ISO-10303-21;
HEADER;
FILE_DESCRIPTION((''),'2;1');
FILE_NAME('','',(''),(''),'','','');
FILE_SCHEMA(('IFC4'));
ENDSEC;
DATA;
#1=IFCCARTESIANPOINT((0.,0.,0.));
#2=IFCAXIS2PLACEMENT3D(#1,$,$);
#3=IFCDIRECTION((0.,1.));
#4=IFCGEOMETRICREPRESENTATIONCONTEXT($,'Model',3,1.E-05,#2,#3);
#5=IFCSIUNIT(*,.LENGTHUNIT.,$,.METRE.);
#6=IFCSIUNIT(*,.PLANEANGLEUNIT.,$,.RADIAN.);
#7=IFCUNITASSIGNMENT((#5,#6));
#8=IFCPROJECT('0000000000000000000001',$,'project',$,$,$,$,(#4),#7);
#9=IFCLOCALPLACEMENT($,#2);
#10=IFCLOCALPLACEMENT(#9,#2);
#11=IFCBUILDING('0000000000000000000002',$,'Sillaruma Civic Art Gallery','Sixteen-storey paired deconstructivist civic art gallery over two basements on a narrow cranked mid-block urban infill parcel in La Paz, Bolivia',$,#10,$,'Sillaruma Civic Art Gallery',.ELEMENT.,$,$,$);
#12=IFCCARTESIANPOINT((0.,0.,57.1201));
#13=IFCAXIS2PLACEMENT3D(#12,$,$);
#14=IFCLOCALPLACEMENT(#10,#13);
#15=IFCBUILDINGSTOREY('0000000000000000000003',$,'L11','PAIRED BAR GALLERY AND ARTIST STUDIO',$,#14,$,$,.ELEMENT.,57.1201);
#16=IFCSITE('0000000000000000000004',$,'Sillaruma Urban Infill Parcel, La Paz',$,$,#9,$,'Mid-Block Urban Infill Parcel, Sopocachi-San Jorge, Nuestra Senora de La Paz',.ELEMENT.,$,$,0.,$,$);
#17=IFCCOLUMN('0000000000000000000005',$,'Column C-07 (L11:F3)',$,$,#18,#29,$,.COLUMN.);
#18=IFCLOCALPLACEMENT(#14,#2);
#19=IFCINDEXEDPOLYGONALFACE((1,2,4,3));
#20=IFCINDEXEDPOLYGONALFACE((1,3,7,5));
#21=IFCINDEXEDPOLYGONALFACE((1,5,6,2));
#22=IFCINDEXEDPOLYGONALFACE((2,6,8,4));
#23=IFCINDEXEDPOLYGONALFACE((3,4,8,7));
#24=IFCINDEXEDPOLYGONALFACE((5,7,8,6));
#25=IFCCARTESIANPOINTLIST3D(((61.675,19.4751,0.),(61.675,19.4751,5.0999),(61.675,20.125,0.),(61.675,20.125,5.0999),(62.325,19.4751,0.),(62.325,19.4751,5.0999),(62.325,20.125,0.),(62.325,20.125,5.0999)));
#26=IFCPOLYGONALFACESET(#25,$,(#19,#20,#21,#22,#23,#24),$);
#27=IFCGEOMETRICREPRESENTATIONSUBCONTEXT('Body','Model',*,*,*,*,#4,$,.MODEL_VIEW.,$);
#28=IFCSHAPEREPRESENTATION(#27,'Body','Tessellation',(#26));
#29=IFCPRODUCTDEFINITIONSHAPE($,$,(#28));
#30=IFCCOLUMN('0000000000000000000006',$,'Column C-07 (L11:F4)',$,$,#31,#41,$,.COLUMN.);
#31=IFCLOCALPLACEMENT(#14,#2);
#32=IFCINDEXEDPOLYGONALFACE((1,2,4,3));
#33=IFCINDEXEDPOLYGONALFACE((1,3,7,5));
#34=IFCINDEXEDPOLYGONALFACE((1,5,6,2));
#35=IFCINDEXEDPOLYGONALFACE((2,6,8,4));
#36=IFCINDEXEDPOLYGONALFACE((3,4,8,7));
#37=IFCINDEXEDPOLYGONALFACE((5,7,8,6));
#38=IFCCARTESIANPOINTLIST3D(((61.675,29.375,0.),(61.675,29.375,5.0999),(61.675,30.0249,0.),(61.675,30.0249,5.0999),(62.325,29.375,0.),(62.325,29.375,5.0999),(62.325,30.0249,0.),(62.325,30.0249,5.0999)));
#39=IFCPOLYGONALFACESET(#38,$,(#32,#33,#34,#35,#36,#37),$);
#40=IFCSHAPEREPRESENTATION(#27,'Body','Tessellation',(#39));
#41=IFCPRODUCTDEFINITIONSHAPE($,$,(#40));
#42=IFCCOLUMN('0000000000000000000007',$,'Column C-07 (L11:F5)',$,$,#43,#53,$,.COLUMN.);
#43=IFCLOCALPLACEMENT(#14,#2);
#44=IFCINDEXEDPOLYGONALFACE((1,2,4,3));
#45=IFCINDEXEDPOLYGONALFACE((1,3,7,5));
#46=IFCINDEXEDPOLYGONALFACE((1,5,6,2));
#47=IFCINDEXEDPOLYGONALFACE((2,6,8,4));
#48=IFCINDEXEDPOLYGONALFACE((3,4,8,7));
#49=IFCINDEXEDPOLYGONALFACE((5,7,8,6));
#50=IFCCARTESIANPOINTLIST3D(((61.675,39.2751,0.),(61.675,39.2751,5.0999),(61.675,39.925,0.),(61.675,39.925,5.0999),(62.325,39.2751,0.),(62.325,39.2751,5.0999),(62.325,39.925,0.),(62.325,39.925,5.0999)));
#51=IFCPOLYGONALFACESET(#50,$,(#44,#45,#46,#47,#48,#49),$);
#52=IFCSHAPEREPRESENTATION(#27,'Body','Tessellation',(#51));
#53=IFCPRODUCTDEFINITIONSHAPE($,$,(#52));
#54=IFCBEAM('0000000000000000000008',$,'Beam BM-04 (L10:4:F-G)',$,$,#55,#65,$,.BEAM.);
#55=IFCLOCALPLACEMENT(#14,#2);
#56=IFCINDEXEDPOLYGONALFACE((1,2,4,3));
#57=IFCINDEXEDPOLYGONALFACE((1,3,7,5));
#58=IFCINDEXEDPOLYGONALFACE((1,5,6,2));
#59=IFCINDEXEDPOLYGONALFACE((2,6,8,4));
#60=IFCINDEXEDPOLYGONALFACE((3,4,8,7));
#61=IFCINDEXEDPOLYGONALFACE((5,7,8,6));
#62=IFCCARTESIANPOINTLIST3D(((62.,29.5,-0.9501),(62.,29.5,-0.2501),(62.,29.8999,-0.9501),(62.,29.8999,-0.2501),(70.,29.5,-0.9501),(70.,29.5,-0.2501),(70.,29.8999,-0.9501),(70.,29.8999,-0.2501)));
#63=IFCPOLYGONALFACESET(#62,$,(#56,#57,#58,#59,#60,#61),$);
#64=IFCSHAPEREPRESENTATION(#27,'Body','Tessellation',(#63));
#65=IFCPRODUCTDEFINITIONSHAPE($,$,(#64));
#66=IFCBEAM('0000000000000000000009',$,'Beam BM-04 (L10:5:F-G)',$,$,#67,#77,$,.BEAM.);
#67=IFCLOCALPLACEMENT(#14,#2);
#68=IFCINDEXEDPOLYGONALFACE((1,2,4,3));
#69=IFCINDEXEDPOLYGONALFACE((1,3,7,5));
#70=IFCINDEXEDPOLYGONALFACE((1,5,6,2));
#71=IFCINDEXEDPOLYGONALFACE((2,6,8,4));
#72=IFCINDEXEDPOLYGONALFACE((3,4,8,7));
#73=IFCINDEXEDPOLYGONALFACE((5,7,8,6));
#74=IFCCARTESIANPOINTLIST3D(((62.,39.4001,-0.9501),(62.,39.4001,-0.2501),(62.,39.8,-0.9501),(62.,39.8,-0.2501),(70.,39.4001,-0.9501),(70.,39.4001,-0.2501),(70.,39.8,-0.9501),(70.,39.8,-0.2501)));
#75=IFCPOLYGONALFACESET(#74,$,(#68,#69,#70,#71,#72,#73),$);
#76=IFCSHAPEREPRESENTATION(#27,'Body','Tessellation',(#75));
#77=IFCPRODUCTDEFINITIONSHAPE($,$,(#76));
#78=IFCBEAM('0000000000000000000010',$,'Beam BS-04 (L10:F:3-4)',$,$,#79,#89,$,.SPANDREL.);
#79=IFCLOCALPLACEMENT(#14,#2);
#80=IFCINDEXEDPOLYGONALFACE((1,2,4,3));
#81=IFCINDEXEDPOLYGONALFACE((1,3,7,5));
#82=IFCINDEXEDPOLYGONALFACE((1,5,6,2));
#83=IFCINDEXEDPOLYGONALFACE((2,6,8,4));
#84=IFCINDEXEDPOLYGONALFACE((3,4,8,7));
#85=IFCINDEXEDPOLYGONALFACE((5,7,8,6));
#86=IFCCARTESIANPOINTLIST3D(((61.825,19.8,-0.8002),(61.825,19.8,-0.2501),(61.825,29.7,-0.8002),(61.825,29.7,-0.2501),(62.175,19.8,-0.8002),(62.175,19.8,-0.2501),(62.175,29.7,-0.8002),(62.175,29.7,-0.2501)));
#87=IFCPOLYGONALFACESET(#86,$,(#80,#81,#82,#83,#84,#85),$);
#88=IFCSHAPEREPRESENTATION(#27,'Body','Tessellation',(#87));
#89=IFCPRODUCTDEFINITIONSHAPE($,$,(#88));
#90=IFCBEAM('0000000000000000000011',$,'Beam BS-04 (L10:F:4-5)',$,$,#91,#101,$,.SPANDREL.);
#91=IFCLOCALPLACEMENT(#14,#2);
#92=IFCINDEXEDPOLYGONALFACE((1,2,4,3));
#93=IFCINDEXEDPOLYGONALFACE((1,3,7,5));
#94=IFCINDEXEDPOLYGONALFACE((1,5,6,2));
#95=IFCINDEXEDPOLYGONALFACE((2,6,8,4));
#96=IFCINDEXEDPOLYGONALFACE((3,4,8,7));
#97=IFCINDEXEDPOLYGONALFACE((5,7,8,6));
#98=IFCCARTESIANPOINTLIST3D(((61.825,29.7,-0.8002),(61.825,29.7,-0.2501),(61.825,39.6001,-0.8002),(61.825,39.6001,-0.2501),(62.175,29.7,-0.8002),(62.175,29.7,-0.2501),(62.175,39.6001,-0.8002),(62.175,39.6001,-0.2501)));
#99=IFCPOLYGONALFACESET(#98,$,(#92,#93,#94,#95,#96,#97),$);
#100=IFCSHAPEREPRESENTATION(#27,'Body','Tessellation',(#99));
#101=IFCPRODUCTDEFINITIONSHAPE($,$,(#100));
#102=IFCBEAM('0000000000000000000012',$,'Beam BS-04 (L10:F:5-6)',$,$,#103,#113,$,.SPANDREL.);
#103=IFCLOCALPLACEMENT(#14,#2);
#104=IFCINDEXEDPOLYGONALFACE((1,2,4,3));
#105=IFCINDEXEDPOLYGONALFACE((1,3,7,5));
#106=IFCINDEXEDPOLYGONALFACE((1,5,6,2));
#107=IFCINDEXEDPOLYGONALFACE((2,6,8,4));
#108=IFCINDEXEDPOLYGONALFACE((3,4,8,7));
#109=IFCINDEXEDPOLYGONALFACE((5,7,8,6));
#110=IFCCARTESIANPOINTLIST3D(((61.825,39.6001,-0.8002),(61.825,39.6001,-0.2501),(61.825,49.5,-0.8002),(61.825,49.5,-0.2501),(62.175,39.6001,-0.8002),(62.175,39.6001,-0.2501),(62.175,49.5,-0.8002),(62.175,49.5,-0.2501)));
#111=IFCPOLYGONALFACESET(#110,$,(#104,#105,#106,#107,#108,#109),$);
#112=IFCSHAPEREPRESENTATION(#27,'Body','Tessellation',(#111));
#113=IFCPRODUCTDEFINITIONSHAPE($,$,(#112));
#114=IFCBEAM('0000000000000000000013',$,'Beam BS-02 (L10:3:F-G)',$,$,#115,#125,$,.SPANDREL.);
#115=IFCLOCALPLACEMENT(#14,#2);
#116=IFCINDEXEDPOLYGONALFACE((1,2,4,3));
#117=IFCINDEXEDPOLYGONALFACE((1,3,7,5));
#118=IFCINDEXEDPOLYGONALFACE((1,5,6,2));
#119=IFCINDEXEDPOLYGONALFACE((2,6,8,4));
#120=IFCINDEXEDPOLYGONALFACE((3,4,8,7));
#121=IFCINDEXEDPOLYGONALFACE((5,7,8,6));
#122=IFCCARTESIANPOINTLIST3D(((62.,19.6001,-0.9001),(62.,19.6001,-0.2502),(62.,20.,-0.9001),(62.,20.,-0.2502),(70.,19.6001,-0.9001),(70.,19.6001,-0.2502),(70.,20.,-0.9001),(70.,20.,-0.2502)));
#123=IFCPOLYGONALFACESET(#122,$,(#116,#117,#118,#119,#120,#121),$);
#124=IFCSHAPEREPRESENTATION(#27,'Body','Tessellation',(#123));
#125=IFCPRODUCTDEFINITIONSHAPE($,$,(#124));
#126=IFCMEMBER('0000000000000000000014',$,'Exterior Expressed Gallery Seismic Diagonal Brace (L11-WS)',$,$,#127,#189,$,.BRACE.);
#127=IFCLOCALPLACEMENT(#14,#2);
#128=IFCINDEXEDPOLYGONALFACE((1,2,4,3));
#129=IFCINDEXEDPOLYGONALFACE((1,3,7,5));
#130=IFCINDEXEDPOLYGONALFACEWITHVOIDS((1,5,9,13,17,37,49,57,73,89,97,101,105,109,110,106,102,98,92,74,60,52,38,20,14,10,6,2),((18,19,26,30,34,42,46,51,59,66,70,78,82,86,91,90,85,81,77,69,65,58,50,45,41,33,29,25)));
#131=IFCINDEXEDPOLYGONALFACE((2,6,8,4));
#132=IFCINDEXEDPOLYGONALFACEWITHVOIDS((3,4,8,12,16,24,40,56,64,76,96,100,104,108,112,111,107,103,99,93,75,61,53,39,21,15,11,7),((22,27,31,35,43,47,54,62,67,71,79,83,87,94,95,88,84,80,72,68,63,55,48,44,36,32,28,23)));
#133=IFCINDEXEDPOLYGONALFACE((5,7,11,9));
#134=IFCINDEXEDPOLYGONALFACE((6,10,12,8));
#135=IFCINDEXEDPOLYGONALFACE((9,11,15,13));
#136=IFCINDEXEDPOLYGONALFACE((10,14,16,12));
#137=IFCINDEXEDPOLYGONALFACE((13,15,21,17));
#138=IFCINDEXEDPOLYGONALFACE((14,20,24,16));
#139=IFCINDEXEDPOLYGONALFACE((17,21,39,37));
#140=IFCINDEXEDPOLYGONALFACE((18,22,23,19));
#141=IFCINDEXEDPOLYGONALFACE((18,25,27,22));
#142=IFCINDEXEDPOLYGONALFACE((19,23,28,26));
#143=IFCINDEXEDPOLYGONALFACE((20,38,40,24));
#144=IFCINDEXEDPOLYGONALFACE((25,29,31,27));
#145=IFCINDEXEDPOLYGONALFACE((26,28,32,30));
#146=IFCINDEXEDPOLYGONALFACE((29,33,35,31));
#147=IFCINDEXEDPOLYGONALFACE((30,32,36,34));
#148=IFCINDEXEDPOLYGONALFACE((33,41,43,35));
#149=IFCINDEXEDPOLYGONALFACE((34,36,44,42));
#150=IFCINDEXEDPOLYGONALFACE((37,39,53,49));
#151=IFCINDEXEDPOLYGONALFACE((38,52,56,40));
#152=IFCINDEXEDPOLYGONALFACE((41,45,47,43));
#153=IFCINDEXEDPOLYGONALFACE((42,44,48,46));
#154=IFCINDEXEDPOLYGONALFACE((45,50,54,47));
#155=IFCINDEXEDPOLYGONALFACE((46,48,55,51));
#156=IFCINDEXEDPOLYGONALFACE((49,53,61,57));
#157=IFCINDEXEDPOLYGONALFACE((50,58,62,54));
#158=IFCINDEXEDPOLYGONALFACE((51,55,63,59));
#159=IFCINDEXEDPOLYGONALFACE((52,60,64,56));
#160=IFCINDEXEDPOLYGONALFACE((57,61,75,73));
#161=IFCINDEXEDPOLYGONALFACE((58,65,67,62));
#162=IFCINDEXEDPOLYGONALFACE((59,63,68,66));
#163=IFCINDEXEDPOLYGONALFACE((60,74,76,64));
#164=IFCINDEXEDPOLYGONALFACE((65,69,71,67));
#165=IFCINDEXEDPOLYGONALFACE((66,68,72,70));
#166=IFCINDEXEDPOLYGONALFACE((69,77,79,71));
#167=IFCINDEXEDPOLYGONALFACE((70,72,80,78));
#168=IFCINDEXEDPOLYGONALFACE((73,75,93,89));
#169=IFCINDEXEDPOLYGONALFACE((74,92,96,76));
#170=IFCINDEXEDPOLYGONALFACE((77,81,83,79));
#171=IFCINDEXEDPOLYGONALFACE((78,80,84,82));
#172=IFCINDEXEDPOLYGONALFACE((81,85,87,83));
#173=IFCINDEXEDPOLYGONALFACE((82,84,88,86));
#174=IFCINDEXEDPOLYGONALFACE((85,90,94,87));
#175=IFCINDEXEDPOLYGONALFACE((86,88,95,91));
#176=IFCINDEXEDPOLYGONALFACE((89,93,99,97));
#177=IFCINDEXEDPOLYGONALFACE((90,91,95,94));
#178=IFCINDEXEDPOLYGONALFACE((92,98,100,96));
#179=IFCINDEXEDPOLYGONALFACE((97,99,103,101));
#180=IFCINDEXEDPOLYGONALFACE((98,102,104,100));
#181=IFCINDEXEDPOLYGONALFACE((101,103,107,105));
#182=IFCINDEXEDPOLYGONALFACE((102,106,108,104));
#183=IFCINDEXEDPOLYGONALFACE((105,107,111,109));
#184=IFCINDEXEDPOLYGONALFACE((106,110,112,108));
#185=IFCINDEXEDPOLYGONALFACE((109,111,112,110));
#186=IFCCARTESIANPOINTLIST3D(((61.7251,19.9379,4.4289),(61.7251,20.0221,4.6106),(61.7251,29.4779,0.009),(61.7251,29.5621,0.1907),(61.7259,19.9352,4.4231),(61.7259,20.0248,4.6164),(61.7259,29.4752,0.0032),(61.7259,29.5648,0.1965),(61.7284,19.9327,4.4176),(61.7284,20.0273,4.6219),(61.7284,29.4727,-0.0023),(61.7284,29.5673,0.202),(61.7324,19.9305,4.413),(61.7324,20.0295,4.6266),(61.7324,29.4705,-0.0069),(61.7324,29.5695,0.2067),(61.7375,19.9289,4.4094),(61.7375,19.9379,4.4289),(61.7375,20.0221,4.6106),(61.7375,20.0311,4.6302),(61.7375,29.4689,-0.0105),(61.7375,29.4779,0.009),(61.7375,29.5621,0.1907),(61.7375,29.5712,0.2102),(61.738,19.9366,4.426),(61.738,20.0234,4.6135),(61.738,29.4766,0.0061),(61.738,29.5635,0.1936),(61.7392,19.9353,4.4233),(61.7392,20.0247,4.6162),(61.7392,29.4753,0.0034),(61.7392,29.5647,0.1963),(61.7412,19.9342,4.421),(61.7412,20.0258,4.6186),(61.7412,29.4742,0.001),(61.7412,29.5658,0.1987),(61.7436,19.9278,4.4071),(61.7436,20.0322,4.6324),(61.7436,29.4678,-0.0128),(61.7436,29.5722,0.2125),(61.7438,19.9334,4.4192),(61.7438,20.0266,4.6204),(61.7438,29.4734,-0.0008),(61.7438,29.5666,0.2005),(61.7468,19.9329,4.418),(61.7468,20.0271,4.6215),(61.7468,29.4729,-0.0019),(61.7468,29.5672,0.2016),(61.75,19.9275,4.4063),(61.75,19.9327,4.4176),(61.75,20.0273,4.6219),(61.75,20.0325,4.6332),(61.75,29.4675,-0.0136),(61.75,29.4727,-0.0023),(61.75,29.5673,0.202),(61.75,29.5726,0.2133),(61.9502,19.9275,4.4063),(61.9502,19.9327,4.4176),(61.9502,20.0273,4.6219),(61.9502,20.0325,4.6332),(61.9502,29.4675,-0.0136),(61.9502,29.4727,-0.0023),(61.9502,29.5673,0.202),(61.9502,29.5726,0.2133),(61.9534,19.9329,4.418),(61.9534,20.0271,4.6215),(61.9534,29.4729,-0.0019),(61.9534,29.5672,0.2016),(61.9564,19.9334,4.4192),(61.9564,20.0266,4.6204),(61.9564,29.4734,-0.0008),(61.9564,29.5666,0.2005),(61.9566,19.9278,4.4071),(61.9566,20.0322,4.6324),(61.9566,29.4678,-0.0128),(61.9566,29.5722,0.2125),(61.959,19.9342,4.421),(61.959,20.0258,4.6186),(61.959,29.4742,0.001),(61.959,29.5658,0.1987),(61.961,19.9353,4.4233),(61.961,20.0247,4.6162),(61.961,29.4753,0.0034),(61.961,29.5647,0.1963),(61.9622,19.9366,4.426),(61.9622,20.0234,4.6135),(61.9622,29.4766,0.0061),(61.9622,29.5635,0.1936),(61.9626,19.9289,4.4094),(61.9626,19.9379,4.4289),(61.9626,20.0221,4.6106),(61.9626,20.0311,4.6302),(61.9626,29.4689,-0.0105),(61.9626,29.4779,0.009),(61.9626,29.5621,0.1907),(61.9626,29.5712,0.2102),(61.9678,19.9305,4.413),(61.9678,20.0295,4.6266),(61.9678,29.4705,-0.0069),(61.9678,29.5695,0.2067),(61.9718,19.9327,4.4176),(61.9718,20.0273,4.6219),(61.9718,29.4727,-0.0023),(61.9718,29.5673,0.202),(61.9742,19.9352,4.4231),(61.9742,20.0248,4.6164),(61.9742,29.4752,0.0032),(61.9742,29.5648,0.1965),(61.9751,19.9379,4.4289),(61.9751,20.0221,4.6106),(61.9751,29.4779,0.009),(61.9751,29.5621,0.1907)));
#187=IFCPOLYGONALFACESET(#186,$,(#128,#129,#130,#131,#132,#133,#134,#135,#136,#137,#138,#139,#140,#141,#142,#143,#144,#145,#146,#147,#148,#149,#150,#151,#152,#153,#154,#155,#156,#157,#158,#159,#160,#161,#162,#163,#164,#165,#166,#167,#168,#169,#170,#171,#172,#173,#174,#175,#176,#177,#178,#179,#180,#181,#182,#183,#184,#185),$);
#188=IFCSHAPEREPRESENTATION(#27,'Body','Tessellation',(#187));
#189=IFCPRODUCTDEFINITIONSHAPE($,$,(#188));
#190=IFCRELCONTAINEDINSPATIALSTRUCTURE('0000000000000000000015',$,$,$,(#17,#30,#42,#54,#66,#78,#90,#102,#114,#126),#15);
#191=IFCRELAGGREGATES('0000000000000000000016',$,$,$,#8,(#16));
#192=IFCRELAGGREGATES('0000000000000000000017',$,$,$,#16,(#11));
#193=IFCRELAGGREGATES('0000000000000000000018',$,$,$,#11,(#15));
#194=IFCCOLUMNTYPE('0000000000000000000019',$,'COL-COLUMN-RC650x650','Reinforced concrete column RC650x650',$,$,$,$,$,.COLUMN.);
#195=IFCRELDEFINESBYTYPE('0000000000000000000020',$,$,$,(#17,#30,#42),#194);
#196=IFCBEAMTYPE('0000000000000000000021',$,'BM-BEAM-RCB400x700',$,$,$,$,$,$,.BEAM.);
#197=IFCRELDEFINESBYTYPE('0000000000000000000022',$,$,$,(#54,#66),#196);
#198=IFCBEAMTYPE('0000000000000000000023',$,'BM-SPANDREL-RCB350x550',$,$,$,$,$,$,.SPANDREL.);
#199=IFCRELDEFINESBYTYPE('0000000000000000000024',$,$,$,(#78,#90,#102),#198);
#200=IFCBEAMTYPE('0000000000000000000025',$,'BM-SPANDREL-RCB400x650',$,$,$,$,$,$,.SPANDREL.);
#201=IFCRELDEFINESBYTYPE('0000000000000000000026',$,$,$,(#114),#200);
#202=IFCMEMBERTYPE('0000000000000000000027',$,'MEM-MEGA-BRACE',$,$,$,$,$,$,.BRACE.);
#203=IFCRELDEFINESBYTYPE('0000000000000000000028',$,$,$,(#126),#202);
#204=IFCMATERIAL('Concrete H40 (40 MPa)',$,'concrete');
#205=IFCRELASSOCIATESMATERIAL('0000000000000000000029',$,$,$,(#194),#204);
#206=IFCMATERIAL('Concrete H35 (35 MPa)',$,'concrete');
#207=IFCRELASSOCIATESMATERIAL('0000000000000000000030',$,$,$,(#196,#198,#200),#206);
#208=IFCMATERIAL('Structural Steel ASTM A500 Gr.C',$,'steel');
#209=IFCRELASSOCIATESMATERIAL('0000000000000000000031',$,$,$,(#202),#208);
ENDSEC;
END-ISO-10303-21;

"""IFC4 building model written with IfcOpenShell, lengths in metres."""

from ifc_helpers import new_model, si_unit, direction, frame, origin, origin_2d, place, context, subcontext, project, spatial, rectangle, hollow_rectangle, extrude, material, material_profile, profile_set, type_object, element, save


model = new_model("IFC4")

# Units and contexts
model_context = context("Model", 3, precision=1e-05, world=origin(), true_north=direction((0.0, 1.0)))
body_context = subcontext(model_context, "Body", "Model", "MODEL_VIEW")
ifc_project = project(units=[si_unit("LENGTHUNIT", "METRE"), si_unit("PLANEANGLEUNIT", "RADIAN")], contexts=[model_context])

# Site, building, storey
site_placement = place(None, origin())
site = spatial("IfcSite", under=ifc_project, at=site_placement, Name="Sillaruma Urban Infill Parcel, La Paz", LongName="Mid-Block Urban Infill Parcel, Sopocachi-San Jorge, Nuestra Senora de La Paz", CompositionType="ELEMENT", RefElevation=0.0)
building_placement = place(site_placement, origin())
building = spatial("IfcBuilding", under=site, at=building_placement, Name="Sillaruma Civic Art Gallery", Description="Sixteen-storey paired deconstructivist civic art gallery over two basements on a narrow cranked mid-block urban infill parcel in La Paz, Bolivia", LongName="Sillaruma Civic Art Gallery", CompositionType="ELEMENT")
storey_placement = place(building_placement, frame((0.0, 0.0, 57.1201)))
storey = spatial("IfcBuildingStorey", under=building, at=storey_placement, Name="L11", Description="PAIRED BAR GALLERY AND ARTIST STUDIO", CompositionType="ELEMENT", Elevation=57.1201)

# Columns
ifc_material_1 = material(Name="Concrete H40 (40 MPa)", Category="concrete")
ifc_material_profile_1 = material_profile(ifc_material_1, rectangle(XDim=0.6499, YDim=0.6499, at=origin_2d()), Name="RC650x650")
ifc_profile_set_1 = profile_set([ifc_material_profile_1], Name="Concrete H40 (40 MPa)")
column_type = type_object("IfcColumnType", Name="COL-COLUMN-RC650x650", Description="Reinforced concrete column RC650x650", PredefinedType="COLUMN", material=ifc_profile_set_1)
for number, where, z_axis, x_axis, name in (
    (1, (62.0, 19.8, 0.0), (0.0, 0.0, 1.0), (1.0, 0.0, 0.0), "Column C-07 (L11:F3)"),
    (2, (62.0, 29.7, 0.0), (0.0, 0.0, 1.0), (1.0, 0.0, 0.0), "Column C-07 (L11:F4)"),
    (3, (62.0, 39.6001, 0.0), (0.0, 0.0, 1.0), (1.0, 0.0, 0.0), "Column C-07 (L11:F5)"),
):
    element("IfcColumn", number, at=place(storey_placement, frame(where, z_axis=z_axis, x_axis=x_axis)), inside=storey, type_object=column_type, Name=name, PredefinedType="COLUMN", context=body_context, shape_type="SweptSolid", body=[
        extrude(rectangle(XDim=0.6499, YDim=0.6499, at=origin_2d()), origin(), (0.0, 0.0, 1.0), 5.0999),
    ])

# Beams
ifc_material_2 = material(Name="Concrete H35 (35 MPa)", Category="concrete")
ifc_material_profile_2 = material_profile(ifc_material_2, rectangle(XDim=0.3999, YDim=0.7, at=origin_2d()), Name="RCB400x700")
ifc_profile_set_2 = profile_set([ifc_material_profile_2], Name="Concrete H35 (35 MPa)")
beam_type_1 = type_object("IfcBeamType", Name="BM-BEAM-RCB400x700", PredefinedType="BEAM", material=ifc_profile_set_2)
for number, where, z_axis, x_axis, name in (
    (4, (62.0, 29.7, -0.6001), (1.0, 0.0, 0.0), (0.0, 1.0, 0.0), "Beam BM-04 (L10:4:F-G)"),
    (5, (62.0, 39.6001, -0.6001), (1.0, 0.0, 0.0), (0.0, 1.0, 0.0), "Beam BM-04 (L10:5:F-G)"),
):
    element("IfcBeam", number, at=place(storey_placement, frame(where, z_axis=z_axis, x_axis=x_axis)), inside=storey, type_object=beam_type_1, Name=name, PredefinedType="BEAM", context=body_context, shape_type="SweptSolid", body=[
        extrude(rectangle(XDim=0.3999, YDim=0.7, at=origin_2d()), origin(), (0.0, 0.0, 1.0), 8.0),
    ])
ifc_material_profile_3 = material_profile(ifc_material_2, rectangle(XDim=0.3501, YDim=0.55, at=origin_2d()), Name="RCB350x550")
ifc_profile_set_3 = profile_set([ifc_material_profile_3], Name="Concrete H35 (35 MPa)")
beam_type_2 = type_object("IfcBeamType", Name="BM-SPANDREL-RCB350x550", PredefinedType="SPANDREL", material=ifc_profile_set_3)
beam_1_placement = place(storey_placement, frame((62.0, 19.8, -0.5251), z_axis=(0.0, 1.0, 0.0), x_axis=(-1.0, 0.0, 0.0)))
element("IfcBeam", 6, at=beam_1_placement, inside=storey, type_object=beam_type_2, Name="Beam BS-04 (L10:F:3-4)", PredefinedType="SPANDREL", context=body_context, shape_type="SweptSolid", body=[
    extrude(rectangle(XDim=0.3501, YDim=0.55, at=origin_2d()), origin(), (0.0, 0.0, 1.0), 9.8999),
])
beam_2_placement = place(storey_placement, frame((62.0, 29.7, -0.5251), z_axis=(0.0, 1.0, 0.0), x_axis=(-1.0, 0.0, 0.0)))
element("IfcBeam", 7, at=beam_2_placement, inside=storey, type_object=beam_type_2, Name="Beam BS-04 (L10:F:4-5)", PredefinedType="SPANDREL", context=body_context, shape_type="SweptSolid", body=[
    extrude(rectangle(XDim=0.3501, YDim=0.55, at=origin_2d()), origin(), (0.0, 0.0, 1.0), 9.9001),
])
beam_3_placement = place(storey_placement, frame((62.0, 39.6001, -0.5251), z_axis=(0.0, 1.0, 0.0), x_axis=(-1.0, 0.0, 0.0)))
element("IfcBeam", 8, at=beam_3_placement, inside=storey, type_object=beam_type_2, Name="Beam BS-04 (L10:F:5-6)", PredefinedType="SPANDREL", context=body_context, shape_type="SweptSolid", body=[
    extrude(rectangle(XDim=0.3501, YDim=0.55, at=origin_2d()), origin(), (0.0, 0.0, 1.0), 9.8999),
])
ifc_material_profile_4 = material_profile(ifc_material_2, rectangle(XDim=0.3999, YDim=0.6499, at=origin_2d()), Name="RCB400x650")
ifc_profile_set_4 = profile_set([ifc_material_profile_4], Name="Concrete H35 (35 MPa)")
beam_type_3 = type_object("IfcBeamType", Name="BM-SPANDREL-RCB400x650", PredefinedType="SPANDREL", material=ifc_profile_set_4)
beam_4_placement = place(storey_placement, frame((62.0, 19.8, -0.5752), z_axis=(1.0, 0.0, 0.0), x_axis=(0.0, 1.0, 0.0)))
element("IfcBeam", 9, at=beam_4_placement, inside=storey, type_object=beam_type_3, Name="Beam BS-02 (L10:3:F-G)", PredefinedType="SPANDREL", context=body_context, shape_type="SweptSolid", body=[
    extrude(rectangle(XDim=0.3999, YDim=0.6499, at=origin_2d()), origin(), (0.0, 0.0, 1.0), 8.0),
])

# Member
ifc_material_3 = material(Name="Structural Steel ASTM A500 Gr.C", Category="steel")
ifc_material_profile_5 = material_profile(ifc_material_3, hollow_rectangle(XDim=0.25, YDim=0.25, WallThickness=0.0125, InnerFilletRadius=0.0125, OuterFilletRadius=0.0249, at=origin_2d()), Name="HSS250x250x12.5")
ifc_profile_set_5 = profile_set([ifc_material_profile_5], Name="Structural Steel ASTM A500 Gr.C")
member_type_1 = type_object("IfcMemberType", Name="MEM-MEGA-BRACE", PredefinedType="BRACE", material=ifc_profile_set_5)
member_1_placement = place(storey_placement, frame((61.8501, 29.52, 0.0999), z_axis=(0.0, -0.907349, 0.420377), x_axis=(1.0, 0.0, 0.0)))
element("IfcMember", 10, at=member_1_placement, inside=storey, type_object=member_type_1, Name="Exterior Expressed Gallery Seismic Diagonal Brace (L11-WS)", PredefinedType="BRACE", context=body_context, shape_type="SweptSolid", body=[
    extrude(hollow_rectangle(XDim=0.25, YDim=0.25, WallThickness=0.0125, InnerFilletRadius=0.0125, OuterFilletRadius=0.0249, at=origin_2d()), origin(), (0.0, 0.0, 1.0), 10.5142),
])

save(model, "model.ifc")
